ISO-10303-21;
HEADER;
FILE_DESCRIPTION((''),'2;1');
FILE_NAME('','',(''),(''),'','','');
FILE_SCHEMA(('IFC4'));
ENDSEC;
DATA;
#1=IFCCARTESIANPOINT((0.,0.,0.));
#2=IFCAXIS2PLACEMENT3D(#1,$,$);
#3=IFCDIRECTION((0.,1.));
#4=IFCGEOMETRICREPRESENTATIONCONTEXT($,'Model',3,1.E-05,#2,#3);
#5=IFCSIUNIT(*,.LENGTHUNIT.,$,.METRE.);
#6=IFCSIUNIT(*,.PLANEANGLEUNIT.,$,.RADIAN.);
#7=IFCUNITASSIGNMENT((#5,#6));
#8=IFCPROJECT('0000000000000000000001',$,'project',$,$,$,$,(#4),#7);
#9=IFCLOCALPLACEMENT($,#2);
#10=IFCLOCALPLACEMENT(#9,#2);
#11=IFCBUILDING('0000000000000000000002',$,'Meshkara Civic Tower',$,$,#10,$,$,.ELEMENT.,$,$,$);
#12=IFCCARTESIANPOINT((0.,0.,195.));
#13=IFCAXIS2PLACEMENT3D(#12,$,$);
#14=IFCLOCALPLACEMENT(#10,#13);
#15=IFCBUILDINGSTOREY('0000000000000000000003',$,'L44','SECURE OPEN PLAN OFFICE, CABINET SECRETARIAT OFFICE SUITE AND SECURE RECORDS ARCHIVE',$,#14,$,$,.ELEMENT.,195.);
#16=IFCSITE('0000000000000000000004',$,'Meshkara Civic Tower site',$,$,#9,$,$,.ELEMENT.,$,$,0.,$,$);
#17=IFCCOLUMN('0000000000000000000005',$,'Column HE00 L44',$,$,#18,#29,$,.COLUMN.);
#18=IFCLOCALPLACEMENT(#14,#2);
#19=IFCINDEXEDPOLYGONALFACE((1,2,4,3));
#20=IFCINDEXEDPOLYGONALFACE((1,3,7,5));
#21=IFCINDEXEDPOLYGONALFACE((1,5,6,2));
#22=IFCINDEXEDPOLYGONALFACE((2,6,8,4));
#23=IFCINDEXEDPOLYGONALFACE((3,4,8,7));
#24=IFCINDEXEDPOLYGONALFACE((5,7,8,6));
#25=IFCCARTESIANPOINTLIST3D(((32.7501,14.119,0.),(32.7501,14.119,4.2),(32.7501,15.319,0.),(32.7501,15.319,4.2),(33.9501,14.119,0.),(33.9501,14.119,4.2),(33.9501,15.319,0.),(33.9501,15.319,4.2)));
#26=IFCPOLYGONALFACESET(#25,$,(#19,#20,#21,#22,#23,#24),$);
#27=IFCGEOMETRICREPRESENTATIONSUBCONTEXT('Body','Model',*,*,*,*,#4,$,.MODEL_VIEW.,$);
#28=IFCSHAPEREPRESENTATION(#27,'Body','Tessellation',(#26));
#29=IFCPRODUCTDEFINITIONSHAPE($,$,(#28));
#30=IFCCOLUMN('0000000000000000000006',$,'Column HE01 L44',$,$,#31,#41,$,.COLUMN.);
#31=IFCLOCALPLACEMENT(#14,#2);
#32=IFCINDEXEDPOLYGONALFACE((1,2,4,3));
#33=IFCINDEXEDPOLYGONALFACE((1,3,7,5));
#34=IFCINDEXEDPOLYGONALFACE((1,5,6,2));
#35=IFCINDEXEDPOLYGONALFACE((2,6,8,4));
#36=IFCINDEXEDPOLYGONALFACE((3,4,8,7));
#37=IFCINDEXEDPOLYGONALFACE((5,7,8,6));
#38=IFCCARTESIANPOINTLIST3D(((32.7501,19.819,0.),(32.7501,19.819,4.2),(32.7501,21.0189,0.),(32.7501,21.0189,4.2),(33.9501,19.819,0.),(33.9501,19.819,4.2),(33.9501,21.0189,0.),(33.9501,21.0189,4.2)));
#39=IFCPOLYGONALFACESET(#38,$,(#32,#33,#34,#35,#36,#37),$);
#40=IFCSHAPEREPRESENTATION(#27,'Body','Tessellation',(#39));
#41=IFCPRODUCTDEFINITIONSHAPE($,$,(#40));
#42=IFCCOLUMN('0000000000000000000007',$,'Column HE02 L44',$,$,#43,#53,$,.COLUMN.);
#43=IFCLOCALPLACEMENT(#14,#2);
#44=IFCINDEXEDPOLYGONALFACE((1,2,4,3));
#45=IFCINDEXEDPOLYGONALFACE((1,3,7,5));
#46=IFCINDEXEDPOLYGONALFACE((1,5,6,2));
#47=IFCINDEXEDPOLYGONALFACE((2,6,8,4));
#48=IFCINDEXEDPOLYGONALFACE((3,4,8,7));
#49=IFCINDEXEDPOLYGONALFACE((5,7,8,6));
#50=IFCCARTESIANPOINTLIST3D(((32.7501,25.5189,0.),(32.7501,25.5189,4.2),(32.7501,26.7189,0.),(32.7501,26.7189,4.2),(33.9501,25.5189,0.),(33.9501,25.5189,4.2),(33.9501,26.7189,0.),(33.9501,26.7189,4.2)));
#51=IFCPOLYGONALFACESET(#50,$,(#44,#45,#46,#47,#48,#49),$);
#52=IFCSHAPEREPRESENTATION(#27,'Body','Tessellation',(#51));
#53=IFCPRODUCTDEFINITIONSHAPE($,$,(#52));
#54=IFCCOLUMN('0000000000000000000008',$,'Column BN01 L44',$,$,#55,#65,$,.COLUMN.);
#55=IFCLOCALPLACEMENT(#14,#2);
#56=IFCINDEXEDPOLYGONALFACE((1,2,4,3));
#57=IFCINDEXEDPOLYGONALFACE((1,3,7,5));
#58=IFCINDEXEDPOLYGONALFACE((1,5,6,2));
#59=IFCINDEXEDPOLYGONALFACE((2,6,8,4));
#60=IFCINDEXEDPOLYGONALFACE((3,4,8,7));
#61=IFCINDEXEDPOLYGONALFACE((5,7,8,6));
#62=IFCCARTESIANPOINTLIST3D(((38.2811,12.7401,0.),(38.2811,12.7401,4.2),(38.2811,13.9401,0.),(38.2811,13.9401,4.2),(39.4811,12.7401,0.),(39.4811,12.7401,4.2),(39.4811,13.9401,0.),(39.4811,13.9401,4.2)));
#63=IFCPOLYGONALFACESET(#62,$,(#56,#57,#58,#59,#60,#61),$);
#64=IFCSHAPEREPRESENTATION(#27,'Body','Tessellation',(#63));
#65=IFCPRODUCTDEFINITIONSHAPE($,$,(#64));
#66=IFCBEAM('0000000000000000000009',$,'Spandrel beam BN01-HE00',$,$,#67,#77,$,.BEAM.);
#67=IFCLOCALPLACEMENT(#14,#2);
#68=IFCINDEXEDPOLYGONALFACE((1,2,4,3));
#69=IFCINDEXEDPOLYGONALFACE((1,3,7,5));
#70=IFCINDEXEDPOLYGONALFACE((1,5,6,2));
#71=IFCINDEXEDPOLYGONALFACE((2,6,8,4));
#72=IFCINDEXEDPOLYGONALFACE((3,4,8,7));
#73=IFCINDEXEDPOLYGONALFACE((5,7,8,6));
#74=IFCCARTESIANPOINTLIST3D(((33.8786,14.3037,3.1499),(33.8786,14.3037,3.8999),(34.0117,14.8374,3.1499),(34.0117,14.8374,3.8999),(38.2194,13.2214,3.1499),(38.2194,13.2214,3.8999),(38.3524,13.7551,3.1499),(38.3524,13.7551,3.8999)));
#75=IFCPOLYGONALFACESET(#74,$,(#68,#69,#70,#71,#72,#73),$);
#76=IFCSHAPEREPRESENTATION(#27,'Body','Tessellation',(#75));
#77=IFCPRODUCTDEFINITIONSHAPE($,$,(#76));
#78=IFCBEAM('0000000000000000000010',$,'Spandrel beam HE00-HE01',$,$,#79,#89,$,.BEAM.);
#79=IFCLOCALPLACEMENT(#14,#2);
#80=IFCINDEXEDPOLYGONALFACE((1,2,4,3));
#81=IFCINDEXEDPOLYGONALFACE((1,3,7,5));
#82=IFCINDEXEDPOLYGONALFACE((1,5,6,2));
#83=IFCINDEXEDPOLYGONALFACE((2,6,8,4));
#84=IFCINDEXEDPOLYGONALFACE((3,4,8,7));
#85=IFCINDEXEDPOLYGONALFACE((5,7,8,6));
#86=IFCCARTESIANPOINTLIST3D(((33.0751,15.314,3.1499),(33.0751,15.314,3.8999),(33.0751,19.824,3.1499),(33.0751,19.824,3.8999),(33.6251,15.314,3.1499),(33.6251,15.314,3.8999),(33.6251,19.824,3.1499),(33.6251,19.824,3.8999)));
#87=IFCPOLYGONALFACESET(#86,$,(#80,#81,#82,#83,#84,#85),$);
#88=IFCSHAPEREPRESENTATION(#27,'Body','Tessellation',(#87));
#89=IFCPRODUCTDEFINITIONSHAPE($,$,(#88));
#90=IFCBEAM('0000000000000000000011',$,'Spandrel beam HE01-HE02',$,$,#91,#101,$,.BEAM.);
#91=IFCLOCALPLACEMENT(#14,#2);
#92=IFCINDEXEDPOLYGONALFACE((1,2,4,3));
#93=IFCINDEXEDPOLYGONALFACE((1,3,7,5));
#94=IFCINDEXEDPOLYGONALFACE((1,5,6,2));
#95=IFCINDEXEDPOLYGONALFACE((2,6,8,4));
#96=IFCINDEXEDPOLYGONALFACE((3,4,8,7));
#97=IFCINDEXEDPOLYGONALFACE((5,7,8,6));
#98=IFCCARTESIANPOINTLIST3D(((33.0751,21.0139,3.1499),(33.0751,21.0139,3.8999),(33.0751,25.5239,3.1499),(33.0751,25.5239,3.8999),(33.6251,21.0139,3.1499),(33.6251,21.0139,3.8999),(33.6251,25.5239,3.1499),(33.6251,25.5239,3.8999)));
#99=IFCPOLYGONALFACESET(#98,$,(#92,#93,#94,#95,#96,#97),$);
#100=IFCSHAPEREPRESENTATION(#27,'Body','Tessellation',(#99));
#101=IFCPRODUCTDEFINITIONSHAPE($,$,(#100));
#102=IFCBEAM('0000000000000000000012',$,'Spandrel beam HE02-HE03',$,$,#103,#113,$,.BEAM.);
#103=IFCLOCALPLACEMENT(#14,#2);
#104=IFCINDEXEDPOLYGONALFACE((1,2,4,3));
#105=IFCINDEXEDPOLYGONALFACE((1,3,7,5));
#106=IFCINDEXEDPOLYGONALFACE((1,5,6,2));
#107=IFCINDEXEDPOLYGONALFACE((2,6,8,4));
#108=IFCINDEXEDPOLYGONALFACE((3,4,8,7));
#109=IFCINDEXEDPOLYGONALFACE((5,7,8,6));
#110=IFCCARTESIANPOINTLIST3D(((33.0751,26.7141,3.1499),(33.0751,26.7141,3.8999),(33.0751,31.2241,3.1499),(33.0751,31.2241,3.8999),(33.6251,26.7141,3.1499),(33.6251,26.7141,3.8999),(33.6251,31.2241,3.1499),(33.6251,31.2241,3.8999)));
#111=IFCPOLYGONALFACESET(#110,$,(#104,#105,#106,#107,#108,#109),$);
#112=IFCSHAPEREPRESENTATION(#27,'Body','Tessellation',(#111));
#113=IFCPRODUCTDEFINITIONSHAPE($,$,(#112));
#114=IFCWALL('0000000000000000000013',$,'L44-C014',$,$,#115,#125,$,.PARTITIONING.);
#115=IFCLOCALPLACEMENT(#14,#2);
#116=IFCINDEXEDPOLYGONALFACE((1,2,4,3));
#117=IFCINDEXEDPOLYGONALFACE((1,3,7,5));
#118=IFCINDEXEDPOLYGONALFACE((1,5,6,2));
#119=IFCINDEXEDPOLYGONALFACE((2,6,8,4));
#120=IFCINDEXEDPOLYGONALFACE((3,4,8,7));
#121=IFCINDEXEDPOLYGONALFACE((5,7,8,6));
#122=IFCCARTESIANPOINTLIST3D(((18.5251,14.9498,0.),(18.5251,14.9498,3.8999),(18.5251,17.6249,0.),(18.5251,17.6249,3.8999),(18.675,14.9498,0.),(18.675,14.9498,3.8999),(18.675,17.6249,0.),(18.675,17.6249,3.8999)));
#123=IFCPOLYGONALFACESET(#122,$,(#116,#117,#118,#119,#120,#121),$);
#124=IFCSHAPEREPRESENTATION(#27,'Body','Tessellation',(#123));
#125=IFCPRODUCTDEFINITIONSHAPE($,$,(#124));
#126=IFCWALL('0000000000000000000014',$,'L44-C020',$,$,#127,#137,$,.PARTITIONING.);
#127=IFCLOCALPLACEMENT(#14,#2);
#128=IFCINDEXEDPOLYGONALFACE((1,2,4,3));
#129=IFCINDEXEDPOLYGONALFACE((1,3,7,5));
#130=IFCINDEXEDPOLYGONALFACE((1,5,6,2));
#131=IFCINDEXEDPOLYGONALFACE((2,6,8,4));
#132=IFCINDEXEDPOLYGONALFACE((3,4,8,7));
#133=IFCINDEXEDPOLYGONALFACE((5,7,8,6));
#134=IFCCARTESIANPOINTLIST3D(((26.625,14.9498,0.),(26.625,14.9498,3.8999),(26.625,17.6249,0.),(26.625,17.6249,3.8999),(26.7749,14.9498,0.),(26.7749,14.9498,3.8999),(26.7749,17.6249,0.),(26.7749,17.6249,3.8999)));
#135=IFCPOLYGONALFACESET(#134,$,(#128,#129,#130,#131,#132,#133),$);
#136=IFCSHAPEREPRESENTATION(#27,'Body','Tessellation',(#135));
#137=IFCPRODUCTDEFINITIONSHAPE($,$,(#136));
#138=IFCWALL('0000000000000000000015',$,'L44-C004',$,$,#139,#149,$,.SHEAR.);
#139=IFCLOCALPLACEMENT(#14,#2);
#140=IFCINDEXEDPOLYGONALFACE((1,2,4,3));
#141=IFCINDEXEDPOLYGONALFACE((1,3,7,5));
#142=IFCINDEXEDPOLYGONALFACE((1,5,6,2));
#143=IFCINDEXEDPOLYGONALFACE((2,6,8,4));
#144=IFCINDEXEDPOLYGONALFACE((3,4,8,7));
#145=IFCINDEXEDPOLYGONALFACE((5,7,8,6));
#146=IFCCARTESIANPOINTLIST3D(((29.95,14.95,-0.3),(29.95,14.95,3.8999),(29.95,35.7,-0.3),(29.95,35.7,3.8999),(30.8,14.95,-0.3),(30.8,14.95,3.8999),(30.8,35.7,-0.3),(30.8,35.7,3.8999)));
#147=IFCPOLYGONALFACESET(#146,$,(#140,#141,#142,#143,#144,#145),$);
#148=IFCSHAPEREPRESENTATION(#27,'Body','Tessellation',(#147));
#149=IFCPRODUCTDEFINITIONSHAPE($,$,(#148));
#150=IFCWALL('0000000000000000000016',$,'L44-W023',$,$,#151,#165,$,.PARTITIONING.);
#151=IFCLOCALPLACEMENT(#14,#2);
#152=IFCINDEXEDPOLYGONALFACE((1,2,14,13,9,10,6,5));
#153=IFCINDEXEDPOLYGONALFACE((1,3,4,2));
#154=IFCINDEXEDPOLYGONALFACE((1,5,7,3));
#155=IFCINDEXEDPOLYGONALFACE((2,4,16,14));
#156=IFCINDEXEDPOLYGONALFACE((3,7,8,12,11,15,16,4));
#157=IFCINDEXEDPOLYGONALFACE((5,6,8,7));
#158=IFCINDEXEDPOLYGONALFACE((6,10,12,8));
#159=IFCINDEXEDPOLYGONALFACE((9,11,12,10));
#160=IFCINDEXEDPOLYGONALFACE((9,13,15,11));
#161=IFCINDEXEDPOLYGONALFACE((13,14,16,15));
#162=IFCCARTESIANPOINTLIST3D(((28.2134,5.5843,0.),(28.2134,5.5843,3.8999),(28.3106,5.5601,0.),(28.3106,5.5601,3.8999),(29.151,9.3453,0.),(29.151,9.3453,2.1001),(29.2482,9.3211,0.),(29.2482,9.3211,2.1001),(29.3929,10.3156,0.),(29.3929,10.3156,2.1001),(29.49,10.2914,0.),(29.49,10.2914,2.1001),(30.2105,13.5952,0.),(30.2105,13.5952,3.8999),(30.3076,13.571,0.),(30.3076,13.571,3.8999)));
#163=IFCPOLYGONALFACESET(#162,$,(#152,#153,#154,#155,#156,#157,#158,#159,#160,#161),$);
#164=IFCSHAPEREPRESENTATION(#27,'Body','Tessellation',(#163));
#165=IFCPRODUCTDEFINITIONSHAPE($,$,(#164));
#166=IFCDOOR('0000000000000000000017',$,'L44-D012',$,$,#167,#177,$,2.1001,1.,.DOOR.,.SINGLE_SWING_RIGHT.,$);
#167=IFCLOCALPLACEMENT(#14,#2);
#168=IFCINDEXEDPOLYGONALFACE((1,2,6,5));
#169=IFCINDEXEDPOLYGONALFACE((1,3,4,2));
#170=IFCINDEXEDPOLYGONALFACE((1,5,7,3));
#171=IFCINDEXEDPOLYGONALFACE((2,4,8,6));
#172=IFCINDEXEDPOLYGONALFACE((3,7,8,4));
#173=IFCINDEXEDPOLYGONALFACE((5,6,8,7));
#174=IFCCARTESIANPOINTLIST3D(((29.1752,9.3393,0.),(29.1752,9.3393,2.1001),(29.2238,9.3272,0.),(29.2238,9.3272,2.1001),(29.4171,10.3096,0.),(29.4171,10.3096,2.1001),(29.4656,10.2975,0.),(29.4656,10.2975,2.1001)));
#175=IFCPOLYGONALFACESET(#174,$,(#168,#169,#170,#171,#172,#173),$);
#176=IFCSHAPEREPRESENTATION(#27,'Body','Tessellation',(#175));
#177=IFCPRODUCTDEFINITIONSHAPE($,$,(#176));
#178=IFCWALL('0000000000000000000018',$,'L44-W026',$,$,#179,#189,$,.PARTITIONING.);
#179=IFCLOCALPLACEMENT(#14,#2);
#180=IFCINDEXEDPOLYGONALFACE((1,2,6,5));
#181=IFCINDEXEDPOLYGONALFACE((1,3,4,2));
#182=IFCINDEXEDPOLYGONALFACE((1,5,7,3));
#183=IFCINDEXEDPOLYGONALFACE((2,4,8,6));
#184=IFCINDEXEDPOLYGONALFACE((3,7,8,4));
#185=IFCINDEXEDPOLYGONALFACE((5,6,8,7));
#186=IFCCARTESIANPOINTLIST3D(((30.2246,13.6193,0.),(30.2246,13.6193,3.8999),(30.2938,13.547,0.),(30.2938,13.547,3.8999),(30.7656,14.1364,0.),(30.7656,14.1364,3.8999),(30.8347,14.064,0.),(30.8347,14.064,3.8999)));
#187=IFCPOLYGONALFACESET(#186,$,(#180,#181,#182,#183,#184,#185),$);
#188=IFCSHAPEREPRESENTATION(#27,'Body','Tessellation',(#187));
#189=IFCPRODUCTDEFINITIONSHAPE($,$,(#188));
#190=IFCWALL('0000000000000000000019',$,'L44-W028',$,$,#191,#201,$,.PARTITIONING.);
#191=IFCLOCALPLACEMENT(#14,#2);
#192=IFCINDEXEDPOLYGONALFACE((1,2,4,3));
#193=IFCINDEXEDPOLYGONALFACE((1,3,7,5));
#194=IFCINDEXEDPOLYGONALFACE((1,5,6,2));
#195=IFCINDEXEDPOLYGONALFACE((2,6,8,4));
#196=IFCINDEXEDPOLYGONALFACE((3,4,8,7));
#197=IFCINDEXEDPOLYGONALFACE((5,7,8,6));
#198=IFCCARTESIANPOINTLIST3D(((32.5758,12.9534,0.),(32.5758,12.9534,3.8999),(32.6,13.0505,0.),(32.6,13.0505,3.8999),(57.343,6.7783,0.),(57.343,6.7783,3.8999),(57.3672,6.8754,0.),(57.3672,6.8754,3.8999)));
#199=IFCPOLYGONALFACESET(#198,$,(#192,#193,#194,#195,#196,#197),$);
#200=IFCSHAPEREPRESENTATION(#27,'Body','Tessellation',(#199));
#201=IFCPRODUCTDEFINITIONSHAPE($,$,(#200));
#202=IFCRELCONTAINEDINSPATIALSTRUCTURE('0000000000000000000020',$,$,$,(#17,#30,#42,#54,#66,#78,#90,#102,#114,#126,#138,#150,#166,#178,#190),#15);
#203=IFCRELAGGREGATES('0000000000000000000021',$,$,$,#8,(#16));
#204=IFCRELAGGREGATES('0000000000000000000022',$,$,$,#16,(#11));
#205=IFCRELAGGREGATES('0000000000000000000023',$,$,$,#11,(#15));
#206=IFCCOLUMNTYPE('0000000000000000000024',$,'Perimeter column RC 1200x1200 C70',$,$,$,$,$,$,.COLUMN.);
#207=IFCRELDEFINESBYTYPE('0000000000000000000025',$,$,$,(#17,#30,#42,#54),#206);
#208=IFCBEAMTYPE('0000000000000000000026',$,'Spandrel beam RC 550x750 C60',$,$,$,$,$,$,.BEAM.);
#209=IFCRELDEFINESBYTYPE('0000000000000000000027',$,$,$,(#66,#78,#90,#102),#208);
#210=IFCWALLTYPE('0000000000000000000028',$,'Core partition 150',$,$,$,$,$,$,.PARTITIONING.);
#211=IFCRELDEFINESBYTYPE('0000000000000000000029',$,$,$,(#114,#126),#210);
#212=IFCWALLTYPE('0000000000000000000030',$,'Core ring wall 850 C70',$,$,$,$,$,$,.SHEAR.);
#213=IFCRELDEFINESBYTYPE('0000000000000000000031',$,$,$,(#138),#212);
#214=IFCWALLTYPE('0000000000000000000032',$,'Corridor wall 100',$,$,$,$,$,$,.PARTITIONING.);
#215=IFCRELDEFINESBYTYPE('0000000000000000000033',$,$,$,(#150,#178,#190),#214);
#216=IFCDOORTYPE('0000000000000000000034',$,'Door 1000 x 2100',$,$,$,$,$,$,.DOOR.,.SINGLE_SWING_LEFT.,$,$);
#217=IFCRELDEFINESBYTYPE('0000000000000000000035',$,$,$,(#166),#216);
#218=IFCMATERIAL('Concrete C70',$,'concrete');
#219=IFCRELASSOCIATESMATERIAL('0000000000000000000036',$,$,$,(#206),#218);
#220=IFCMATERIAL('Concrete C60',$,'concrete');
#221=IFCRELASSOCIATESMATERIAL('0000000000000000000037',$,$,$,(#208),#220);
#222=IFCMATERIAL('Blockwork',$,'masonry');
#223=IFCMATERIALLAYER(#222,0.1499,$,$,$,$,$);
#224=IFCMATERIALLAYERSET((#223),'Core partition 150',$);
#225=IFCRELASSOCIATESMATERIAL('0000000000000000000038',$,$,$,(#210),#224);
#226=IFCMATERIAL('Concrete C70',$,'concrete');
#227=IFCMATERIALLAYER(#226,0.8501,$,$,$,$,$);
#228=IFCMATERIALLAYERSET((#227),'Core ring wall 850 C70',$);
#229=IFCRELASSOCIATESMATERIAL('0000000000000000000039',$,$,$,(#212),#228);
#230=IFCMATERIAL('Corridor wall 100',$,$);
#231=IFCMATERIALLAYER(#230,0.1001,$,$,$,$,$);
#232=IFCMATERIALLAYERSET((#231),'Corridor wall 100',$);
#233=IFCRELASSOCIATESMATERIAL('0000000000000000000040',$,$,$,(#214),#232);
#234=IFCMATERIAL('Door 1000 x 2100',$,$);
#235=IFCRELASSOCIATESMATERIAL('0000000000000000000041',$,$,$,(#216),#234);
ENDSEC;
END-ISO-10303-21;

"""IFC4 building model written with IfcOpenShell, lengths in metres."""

from ifc_helpers import new_model, si_unit, direction, frame, frame_2d, origin, origin_2d, place, context, subcontext, project, spatial, rectangle, extrude, material, layer, layer_set, material_profile, profile_set, type_object, element, fill, save


model = new_model("IFC4")

# Units and contexts
model_context = context("Model", 3, precision=1e-05, world=origin(), true_north=direction((0.0, 1.0)))
body_context = subcontext(model_context, "Body", "Model", "MODEL_VIEW")
ifc_project = project(units=[si_unit("LENGTHUNIT", "METRE"), si_unit("PLANEANGLEUNIT", "RADIAN")], contexts=[model_context])

# Site, building, storey
site_placement = place(None, origin())
site = spatial("IfcSite", under=ifc_project, at=site_placement, Name="Meshkara Civic Tower site", CompositionType="ELEMENT", RefElevation=0.0)
building_placement = place(site_placement, origin())
building = spatial("IfcBuilding", under=site, at=building_placement, Name="Meshkara Civic Tower", CompositionType="ELEMENT")
storey_placement = place(building_placement, frame((0.0, 0.0, 195.0)))
storey = spatial("IfcBuildingStorey", under=building, at=storey_placement, Name="L44", Description="SECURE OPEN PLAN OFFICE, CABINET SECRETARIAT OFFICE SUITE AND SECURE RECORDS ARCHIVE", CompositionType="ELEMENT", Elevation=195.0)

# Columns
ifc_material_1 = material(Name="Concrete C70", Category="concrete")
ifc_material_profile_1 = material_profile(ifc_material_1, rectangle(XDim=1.2, YDim=1.2, at=origin_2d()))
ifc_profile_set_1 = profile_set([ifc_material_profile_1], Name="Concrete C70")
column_type = type_object("IfcColumnType", Name="Perimeter column RC 1200x1200 C70", PredefinedType="COLUMN", material=ifc_profile_set_1)
for number, where, z_axis, x_axis, name in (
    (1, (33.3501, 14.719, 0.0), (0.0, 0.0, 1.0), (1.0, 0.0, 0.0), "Column HE00 L44"),
    (2, (33.3501, 20.4189, 0.0), (0.0, 0.0, 1.0), (1.0, 0.0, 0.0), "Column HE01 L44"),
    (3, (33.3501, 26.1189, 0.0), (0.0, 0.0, 1.0), (1.0, 0.0, 0.0), "Column HE02 L44"),
    (4, (38.8811, 13.3401, 0.0), (0.0, 0.0, 1.0), (1.0, 0.0, 0.0), "Column BN01 L44"),
):
    element("IfcColumn", number, at=place(storey_placement, frame(where, z_axis=z_axis, x_axis=x_axis)), inside=storey, type_object=column_type, Name=name, PredefinedType="COLUMN", context=body_context, shape_type="SweptSolid", body=[
        extrude(rectangle(XDim=1.2, YDim=1.2, at=origin_2d()), origin(), (0.0, 0.0, 1.0), 4.2),
    ])

# Beams
ifc_material_2 = material(Name="Concrete C60", Category="concrete")
ifc_material_profile_2 = material_profile(ifc_material_2, rectangle(XDim=0.55, YDim=0.75, at=origin_2d()))
ifc_profile_set_2 = profile_set([ifc_material_profile_2], Name="Concrete C60")
beam_type = type_object("IfcBeamType", Name="Spandrel beam RC 550x750 C60", PredefinedType="BEAM", material=ifc_profile_set_2)
beam_placement = place(storey_placement, frame((38.2859, 13.4883, 3.5249), z_axis=(-0.970296, 0.241919, 0.0), x_axis=(-0.241919, -0.970296, 0.0)))
element("IfcBeam", 5, at=beam_placement, inside=storey, type_object=beam_type, Name="Spandrel beam BN01-HE00", PredefinedType="BEAM", context=body_context, shape_type="SweptSolid", body=[
    extrude(rectangle(XDim=0.55, YDim=0.75, at=origin_2d()), origin(), (0.0, 0.0, 1.0), 4.4736),
])
for number, where, z_axis, x_axis, name in (
    (6, (33.3501, 15.314, 3.5249), (0.0, 1.0, 0.0), (-1.0, 0.0, 0.0), "Spandrel beam HE00-HE01"),
    (7, (33.3501, 21.0139, 3.5249), (0.0, 1.0, 0.0), (-1.0, 0.0, 0.0), "Spandrel beam HE01-HE02"),
    (8, (33.3501, 26.7141, 3.5249), (0.0, 1.0, 0.0), (-1.0, 0.0, 0.0), "Spandrel beam HE02-HE03"),
):
    element("IfcBeam", number, at=place(storey_placement, frame(where, z_axis=z_axis, x_axis=x_axis)), inside=storey, type_object=beam_type, Name=name, PredefinedType="BEAM", context=body_context, shape_type="SweptSolid", body=[
        extrude(rectangle(XDim=0.55, YDim=0.75, at=origin_2d()), origin(), (0.0, 0.0, 1.0), 4.51),
    ])

# Walls
ifc_material_3 = material(Name="Blockwork", Category="masonry")
ifc_layer_1 = layer(ifc_material_3, 0.1499)
ifc_layer_set_1 = layer_set([ifc_layer_1], Name="Core partition 150")
wall_type_1 = type_object("IfcWallType", Name="Core partition 150", PredefinedType="PARTITIONING", material=ifc_layer_set_1)
for number, where, z_axis, x_axis, name in (
    (9, (18.6001, 14.95, 0.0), (0.0, 0.0, 1.0), (0.0, 1.0, 0.0), "L44-C014"),
    (10, (26.7, 14.95, 0.0), (0.0, 0.0, 1.0), (0.0, 1.0, 0.0), "L44-C020"),
):
    element("IfcWall", number, at=place(storey_placement, frame(where, z_axis=z_axis, x_axis=x_axis)), inside=storey, type_object=wall_type_1, Name=name, PredefinedType="PARTITIONING", context=body_context, shape_type="SweptSolid", body=[
        extrude(rectangle(XDim=2.675, YDim=0.1499, at=frame_2d((1.3374, 0.0))), origin(), (0.0, 0.0, 1.0), 3.8999),
    ])
ifc_material_4 = material(Name="Concrete C70", Category="concrete")
ifc_layer_2 = layer(ifc_material_4, 0.8501)
ifc_layer_set_2 = layer_set([ifc_layer_2], Name="Core ring wall 850 C70")
wall_type_2 = type_object("IfcWallType", Name="Core ring wall 850 C70", PredefinedType="SHEAR", material=ifc_layer_set_2)
wall_1_placement = place(storey_placement, frame((30.375, 14.95, -0.3), z_axis=(0.0, 0.0, 1.0), x_axis=(0.0, 1.0, 0.0)))
element("IfcWall", 11, at=wall_1_placement, inside=storey, type_object=wall_type_2, Name="L44-C004", PredefinedType="SHEAR", context=body_context, shape_type="SweptSolid", body=[
    extrude(rectangle(XDim=20.75, YDim=0.8501, at=frame_2d((10.375, 0.0))), origin(), (0.0, 0.0, 1.0), 4.2),
])

# Wall, opening, door
ifc_material_5 = material(Name="Corridor wall 100")
ifc_layer_3 = layer(ifc_material_5, 0.1001)
ifc_layer_set_3 = layer_set([ifc_layer_3], Name="Corridor wall 100")
wall_type_3 = type_object("IfcWallType", Name="Corridor wall 100", PredefinedType="PARTITIONING", material=ifc_layer_set_3)
wall_2_placement = place(storey_placement, frame((30.259, 13.583, 0.0), z_axis=(0.0, 0.0, 1.0), x_axis=(-0.241888, -0.970304, 0.0)))
wall_2 = element("IfcWall", 12, at=wall_2_placement, inside=storey, type_object=wall_type_3, Name="L44-W023", PredefinedType="PARTITIONING", context=body_context, shape_type="SweptSolid", body=[
    extrude(rectangle(XDim=8.2561, YDim=0.1001, at=frame_2d((4.1279, 0.0))), origin(), (0.0, 0.0, 1.0), 3.8999),
])
opening_1_placement = place(wall_2_placement, frame((3.3799, 0.0, 0.0)))
opening_1 = element("IfcOpeningElement", 13, at=opening_1_placement, cuts=wall_2, PredefinedType="OPENING", context=body_context, shape_type="SweptSolid", body=[
    extrude(rectangle(XDim=1.0, YDim=2.1001, at=frame_2d((0.5, 1.05))), frame((0.0, 0.0601, 0.0), z_axis=(0.0, -1.0, 0.0), x_axis=(1.0, 0.0, 0.0)), (0.0, 0.0, 1.0), 0.1201),
])
ifc_material_6 = material(Name="Door 1000 x 2100")
door_type_1 = type_object("IfcDoorType", Name="Door 1000 x 2100", OperationType="SINGLE_SWING_LEFT", PredefinedType="DOOR", material=ifc_material_6)
door_1_placement = place(opening_1_placement, origin())
door_1 = element("IfcDoor", 14, at=door_1_placement, inside=storey, type_object=door_type_1, Name="L44-D012", OperationType="SINGLE_SWING_RIGHT", OverallHeight=2.1001, OverallWidth=1.0, PredefinedType="DOOR", context=body_context, shape_type="SweptSolid", body=[
    extrude(rectangle(XDim=1.0, YDim=2.1001, at=frame_2d((0.5, 1.05))), frame((0.0, 0.0249, 0.0), z_axis=(0.0, -1.0, 0.0), x_axis=(1.0, 0.0, 0.0)), (0.0, 0.0, 1.0), 0.05),
])
fill(opening_1, door_1)

# Walls
wall_3_placement = place(storey_placement, frame((30.8, 14.1001, 0.0), z_axis=(0.0, 0.0, 1.0), x_axis=(-0.722911, -0.690941, 0.0)))
element("IfcWall", 15, at=wall_3_placement, inside=storey, type_object=wall_type_3, Name="L44-W026", PredefinedType="PARTITIONING", context=body_context, shape_type="SweptSolid", body=[
    extrude(rectangle(XDim=0.7483, YDim=0.1001, at=frame_2d((0.374, 0.0))), origin(), (0.0, 0.0, 1.0), 3.8999),
])
wall_4_placement = place(storey_placement, frame((32.5879, 13.002, 0.0), z_axis=(0.0, 0.0, 1.0), x_axis=(0.970296, -0.241919, 0.0)))
element("IfcWall", 16, at=wall_4_placement, inside=storey, type_object=wall_type_3, Name="L44-W028", PredefinedType="PARTITIONING", context=body_context, shape_type="SweptSolid", body=[
    extrude(rectangle(XDim=25.5254, YDim=0.1001, at=frame_2d((12.7627, 0.0))), origin(), (0.0, 0.0, 1.0), 3.8999),
])

save(model, "model.ifc")
